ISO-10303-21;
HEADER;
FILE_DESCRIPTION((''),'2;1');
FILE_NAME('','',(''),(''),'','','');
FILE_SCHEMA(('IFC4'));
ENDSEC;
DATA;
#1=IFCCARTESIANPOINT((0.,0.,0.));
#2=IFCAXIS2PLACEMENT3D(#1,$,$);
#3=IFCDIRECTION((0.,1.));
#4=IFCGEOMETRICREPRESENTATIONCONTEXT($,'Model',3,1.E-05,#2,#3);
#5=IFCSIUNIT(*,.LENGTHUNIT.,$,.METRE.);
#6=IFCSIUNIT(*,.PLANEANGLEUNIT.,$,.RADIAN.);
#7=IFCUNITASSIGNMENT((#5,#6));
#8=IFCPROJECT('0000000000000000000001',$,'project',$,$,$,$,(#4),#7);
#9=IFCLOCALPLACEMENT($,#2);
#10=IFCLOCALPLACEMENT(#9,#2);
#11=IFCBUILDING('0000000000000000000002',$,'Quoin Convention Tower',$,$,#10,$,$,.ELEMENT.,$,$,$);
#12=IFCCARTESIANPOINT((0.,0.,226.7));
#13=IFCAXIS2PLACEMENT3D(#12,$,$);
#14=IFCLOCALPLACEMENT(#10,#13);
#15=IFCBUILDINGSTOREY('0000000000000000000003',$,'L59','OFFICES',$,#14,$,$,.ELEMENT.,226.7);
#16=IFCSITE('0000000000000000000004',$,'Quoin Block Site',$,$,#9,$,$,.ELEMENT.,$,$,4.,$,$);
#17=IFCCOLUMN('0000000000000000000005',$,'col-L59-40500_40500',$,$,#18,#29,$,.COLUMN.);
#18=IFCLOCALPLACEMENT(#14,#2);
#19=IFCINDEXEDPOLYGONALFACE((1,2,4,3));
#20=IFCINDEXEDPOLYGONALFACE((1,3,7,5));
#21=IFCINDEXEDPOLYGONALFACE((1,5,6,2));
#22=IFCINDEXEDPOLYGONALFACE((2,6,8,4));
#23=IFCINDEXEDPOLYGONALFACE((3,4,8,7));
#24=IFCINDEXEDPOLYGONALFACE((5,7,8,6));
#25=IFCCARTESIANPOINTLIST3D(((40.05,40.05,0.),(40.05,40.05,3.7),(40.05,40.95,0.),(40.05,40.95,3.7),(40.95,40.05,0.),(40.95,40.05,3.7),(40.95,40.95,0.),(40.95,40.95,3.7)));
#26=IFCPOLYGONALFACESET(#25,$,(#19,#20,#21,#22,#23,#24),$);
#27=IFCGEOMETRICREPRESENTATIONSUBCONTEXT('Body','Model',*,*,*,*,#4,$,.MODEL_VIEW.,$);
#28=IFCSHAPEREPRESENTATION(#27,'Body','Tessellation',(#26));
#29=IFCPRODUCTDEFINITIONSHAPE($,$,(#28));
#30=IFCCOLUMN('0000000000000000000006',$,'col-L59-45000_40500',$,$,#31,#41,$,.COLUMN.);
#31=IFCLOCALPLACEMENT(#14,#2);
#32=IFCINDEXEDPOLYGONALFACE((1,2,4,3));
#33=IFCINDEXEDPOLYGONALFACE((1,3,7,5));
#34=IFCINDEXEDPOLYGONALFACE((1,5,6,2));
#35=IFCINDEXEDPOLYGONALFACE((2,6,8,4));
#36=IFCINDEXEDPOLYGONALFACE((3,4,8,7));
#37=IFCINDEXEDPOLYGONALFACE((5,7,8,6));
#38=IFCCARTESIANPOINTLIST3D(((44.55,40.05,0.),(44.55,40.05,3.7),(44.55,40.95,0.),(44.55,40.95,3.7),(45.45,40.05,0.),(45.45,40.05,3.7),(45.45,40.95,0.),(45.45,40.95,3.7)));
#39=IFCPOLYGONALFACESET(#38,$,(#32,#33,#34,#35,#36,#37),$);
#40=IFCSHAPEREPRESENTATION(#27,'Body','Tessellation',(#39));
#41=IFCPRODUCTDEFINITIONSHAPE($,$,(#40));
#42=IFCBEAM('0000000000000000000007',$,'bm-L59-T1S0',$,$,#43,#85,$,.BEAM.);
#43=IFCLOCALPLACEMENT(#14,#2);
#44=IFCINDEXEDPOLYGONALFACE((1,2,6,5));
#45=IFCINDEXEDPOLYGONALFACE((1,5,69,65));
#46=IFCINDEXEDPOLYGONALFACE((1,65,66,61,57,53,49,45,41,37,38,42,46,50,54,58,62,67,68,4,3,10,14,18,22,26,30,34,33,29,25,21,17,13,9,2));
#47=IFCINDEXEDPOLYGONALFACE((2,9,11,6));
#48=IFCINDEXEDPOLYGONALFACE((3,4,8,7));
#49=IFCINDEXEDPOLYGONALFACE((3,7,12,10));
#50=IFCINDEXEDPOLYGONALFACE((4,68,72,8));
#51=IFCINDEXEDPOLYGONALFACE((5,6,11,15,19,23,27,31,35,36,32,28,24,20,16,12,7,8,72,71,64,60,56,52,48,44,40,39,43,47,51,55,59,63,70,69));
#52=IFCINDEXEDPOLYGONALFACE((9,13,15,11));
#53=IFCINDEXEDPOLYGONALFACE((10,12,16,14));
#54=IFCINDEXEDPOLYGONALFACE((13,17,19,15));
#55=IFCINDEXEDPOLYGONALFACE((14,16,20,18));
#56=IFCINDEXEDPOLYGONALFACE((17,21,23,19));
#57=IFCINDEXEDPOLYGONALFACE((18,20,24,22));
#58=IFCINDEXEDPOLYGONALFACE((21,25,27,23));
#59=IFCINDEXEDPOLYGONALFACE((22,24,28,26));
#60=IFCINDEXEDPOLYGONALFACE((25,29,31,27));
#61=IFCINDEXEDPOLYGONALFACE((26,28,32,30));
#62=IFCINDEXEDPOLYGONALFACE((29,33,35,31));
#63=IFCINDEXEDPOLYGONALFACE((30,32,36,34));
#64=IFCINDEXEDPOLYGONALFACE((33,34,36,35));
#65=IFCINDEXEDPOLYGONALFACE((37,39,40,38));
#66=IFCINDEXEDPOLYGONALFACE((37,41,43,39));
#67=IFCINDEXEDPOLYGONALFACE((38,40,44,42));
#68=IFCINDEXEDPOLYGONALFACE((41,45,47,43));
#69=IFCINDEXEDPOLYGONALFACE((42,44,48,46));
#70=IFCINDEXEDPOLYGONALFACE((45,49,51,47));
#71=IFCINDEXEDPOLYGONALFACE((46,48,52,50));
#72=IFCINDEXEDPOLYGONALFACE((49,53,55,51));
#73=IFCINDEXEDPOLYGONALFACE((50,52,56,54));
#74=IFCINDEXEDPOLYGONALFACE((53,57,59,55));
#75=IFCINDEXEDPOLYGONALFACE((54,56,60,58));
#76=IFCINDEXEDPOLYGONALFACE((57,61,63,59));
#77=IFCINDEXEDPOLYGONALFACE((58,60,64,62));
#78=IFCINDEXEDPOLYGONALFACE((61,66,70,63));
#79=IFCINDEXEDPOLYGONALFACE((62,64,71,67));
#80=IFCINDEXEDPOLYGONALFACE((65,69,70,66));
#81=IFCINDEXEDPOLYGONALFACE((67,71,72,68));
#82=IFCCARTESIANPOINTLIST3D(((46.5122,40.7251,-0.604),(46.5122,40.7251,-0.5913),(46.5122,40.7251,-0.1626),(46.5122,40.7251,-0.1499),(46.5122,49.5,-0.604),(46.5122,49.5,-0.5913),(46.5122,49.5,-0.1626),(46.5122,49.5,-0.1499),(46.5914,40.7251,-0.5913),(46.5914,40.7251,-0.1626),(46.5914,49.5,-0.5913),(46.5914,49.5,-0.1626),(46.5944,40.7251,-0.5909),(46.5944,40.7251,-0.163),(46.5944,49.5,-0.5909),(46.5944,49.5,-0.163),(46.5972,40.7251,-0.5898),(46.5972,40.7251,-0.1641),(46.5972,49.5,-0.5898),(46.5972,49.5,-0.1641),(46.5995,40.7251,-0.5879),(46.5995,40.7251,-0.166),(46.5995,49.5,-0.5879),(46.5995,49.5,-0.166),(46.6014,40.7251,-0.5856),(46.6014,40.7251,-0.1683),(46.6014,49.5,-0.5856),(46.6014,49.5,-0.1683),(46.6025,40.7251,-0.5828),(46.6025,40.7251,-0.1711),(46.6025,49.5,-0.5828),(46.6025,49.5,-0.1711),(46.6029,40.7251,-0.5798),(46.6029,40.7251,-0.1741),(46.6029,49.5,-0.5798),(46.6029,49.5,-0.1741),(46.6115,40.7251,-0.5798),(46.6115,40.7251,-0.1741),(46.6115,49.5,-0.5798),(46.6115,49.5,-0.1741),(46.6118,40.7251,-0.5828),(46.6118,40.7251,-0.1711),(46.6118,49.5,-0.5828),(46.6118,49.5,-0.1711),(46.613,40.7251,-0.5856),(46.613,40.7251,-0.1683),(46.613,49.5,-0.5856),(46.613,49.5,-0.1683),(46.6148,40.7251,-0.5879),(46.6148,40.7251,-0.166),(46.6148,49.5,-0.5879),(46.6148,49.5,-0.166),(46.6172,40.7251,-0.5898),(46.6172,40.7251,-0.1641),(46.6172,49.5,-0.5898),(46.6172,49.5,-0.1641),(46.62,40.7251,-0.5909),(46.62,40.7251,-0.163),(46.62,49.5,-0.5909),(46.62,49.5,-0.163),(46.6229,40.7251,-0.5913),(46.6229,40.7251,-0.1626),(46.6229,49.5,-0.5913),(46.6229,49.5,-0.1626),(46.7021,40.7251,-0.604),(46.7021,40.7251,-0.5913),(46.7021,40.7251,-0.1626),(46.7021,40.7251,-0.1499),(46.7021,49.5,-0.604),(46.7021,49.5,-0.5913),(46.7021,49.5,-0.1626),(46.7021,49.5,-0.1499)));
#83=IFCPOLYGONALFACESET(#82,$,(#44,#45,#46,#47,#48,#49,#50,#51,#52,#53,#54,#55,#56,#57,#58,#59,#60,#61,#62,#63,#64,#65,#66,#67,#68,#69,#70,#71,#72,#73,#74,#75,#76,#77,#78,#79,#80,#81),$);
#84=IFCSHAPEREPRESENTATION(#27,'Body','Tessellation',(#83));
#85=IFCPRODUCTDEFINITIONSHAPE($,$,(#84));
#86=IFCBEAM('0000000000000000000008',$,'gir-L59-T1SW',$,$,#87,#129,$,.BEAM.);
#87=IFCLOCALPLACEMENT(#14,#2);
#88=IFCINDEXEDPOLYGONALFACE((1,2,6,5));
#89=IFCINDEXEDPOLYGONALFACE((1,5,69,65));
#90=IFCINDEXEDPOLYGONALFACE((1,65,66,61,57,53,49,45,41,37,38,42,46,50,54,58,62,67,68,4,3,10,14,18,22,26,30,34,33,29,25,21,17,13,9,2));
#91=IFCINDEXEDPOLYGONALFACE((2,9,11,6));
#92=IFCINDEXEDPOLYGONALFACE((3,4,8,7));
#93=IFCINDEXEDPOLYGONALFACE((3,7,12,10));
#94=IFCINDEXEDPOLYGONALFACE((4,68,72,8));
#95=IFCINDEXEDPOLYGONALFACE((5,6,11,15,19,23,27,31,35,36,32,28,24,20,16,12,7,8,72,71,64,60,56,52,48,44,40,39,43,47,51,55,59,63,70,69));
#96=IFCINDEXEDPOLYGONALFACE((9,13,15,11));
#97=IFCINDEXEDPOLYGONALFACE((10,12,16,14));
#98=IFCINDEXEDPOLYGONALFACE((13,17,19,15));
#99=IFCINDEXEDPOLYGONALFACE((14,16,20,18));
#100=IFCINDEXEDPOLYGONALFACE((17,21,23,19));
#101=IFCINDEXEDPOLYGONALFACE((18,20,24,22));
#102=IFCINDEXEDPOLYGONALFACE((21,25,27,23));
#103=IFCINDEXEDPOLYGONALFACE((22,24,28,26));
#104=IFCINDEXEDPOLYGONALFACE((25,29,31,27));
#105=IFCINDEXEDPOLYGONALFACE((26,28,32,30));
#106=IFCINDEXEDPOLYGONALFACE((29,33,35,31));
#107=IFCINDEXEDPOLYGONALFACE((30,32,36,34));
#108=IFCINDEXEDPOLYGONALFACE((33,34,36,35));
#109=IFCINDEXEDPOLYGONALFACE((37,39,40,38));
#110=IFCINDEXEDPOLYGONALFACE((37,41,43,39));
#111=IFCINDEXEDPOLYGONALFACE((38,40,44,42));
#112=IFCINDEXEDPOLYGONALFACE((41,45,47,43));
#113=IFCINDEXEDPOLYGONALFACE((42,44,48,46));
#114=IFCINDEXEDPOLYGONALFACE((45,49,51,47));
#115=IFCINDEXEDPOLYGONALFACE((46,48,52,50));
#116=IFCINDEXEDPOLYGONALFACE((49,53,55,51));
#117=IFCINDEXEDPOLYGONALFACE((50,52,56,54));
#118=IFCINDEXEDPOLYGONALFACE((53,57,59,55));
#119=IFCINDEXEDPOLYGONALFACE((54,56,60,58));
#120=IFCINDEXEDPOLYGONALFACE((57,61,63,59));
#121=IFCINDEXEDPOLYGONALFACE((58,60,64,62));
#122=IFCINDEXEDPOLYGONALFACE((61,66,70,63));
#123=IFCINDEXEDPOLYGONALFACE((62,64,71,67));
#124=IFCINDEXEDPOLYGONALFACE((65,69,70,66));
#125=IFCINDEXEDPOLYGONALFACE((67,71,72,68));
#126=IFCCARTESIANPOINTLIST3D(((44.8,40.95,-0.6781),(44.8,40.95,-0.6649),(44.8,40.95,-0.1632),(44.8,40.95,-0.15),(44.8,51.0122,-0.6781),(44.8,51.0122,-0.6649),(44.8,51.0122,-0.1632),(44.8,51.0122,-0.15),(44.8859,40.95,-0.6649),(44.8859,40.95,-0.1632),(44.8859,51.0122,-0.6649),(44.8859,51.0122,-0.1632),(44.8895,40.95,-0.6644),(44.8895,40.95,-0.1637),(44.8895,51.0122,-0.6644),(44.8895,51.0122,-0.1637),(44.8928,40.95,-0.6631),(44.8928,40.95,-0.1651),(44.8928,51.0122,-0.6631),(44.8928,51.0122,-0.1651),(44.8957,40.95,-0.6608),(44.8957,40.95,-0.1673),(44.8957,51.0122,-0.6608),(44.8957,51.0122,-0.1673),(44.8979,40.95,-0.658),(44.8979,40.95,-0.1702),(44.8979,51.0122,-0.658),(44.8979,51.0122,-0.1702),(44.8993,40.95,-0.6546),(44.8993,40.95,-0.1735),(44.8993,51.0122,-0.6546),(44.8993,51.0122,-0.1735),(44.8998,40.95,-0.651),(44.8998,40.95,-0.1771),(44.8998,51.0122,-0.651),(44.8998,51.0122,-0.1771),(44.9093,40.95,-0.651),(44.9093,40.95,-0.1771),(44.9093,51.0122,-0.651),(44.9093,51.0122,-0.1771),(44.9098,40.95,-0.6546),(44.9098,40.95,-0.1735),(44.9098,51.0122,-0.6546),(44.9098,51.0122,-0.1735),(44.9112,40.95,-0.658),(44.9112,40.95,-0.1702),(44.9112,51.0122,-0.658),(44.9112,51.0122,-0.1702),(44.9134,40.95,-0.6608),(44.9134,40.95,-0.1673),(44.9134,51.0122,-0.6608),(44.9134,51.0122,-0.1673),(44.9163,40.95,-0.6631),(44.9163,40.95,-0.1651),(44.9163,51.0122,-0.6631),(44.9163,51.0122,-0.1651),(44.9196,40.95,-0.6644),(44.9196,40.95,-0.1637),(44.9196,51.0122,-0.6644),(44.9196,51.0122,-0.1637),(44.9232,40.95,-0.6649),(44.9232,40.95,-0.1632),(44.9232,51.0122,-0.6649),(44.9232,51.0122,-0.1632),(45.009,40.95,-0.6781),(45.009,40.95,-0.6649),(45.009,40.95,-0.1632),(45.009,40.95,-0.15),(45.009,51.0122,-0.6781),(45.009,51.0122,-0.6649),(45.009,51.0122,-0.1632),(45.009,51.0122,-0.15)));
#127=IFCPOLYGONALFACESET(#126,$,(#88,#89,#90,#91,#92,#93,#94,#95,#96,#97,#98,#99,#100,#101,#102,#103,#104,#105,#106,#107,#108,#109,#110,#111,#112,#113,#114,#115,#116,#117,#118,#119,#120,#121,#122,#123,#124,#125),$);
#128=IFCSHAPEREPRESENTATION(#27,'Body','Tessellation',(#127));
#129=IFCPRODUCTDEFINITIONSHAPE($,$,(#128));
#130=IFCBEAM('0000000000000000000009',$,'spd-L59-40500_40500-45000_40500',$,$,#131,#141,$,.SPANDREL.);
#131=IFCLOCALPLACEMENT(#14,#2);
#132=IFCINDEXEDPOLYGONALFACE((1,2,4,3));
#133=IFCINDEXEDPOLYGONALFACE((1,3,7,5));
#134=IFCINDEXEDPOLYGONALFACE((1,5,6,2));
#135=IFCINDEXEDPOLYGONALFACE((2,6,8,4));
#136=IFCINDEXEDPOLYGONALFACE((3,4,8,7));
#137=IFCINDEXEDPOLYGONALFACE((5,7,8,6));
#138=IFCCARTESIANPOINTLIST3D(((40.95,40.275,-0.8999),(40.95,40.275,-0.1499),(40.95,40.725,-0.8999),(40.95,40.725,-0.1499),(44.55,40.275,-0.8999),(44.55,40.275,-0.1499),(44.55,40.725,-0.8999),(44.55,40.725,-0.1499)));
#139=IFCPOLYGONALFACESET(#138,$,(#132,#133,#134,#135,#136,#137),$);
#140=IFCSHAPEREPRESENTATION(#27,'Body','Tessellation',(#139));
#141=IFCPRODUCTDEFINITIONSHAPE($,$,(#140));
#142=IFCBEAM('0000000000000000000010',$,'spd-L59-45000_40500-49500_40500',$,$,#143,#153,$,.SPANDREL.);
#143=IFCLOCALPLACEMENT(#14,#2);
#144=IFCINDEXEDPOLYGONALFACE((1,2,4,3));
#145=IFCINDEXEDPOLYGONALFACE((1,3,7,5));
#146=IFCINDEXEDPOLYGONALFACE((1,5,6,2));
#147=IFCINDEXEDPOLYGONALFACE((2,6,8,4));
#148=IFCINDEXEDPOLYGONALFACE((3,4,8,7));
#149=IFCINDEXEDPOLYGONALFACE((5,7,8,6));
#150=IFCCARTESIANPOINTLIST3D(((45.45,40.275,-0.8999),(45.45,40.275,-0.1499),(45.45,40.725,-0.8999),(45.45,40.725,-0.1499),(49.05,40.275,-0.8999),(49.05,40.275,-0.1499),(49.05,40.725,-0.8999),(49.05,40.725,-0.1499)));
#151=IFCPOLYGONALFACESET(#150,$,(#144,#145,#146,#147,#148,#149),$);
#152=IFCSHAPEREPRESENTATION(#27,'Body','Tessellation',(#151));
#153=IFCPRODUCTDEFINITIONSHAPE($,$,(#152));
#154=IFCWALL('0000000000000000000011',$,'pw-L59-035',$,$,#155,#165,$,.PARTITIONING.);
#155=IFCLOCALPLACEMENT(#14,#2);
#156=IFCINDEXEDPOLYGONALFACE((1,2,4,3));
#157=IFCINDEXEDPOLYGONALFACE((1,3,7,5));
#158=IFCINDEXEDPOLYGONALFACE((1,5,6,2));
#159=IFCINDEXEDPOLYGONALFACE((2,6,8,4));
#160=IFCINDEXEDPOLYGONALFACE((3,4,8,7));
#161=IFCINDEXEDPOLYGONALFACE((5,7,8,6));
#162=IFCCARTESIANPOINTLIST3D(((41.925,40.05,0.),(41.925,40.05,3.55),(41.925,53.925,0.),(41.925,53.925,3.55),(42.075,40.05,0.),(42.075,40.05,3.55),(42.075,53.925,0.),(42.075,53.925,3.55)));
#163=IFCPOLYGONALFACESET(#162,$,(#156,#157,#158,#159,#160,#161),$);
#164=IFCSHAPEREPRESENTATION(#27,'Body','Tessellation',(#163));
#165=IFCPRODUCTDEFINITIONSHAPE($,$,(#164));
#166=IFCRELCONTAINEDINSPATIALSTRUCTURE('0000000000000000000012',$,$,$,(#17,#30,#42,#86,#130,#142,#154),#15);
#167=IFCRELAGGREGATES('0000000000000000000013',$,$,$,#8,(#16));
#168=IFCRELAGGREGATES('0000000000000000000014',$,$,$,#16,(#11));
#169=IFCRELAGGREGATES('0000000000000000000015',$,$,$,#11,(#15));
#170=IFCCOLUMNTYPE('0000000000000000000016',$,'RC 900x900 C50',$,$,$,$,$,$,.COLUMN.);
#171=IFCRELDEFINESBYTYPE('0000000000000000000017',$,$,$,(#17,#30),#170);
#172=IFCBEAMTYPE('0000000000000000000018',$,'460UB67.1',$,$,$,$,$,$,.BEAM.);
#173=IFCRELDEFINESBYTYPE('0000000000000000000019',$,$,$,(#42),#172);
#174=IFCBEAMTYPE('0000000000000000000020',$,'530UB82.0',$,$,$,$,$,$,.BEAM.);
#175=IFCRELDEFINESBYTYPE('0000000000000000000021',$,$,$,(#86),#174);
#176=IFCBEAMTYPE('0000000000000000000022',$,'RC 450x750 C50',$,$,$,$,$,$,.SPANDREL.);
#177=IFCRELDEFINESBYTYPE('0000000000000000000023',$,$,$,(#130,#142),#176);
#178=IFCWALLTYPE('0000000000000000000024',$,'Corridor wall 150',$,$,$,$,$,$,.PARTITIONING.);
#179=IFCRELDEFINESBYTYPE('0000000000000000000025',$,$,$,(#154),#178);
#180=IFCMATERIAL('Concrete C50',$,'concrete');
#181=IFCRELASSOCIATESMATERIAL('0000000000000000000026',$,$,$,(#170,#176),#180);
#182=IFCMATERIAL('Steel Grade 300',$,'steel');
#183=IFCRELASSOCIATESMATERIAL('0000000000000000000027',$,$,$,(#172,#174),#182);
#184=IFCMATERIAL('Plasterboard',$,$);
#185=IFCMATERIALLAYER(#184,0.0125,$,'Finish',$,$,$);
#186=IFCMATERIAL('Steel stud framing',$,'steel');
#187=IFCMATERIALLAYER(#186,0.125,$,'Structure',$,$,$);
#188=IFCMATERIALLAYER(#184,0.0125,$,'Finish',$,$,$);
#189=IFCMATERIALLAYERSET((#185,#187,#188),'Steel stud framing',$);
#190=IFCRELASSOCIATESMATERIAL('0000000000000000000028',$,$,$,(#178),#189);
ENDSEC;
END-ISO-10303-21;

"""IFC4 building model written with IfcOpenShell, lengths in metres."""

from ifc_helpers import new_model, si_unit, direction, frame, frame_2d, origin, origin_2d, place, context, subcontext, project, spatial, rectangle, i_section, extrude, material, layer, layer_set, material_profile, profile_set, type_object, element, save


model = new_model("IFC4")

# Units and contexts
model_context = context("Model", 3, precision=1e-05, world=origin(), true_north=direction((0.0, 1.0)))
body_context = subcontext(model_context, "Body", "Model", "MODEL_VIEW")
ifc_project = project(units=[si_unit("LENGTHUNIT", "METRE"), si_unit("PLANEANGLEUNIT", "RADIAN")], contexts=[model_context])

# Site, building, storey
site_placement = place(None, origin())
site = spatial("IfcSite", under=ifc_project, at=site_placement, Name="Quoin Block Site", CompositionType="ELEMENT", RefElevation=4.0)
building_placement = place(site_placement, origin())
building = spatial("IfcBuilding", under=site, at=building_placement, Name="Quoin Convention Tower", CompositionType="ELEMENT")
storey_placement = place(building_placement, frame((0.0, 0.0, 226.7)))
storey = spatial("IfcBuildingStorey", under=building, at=storey_placement, Name="L59", Description="OFFICES", CompositionType="ELEMENT", Elevation=226.7)

# Columns
ifc_material_1 = material(Name="Concrete C50", Category="concrete")
ifc_material_profile_1 = material_profile(ifc_material_1, rectangle(XDim=0.8999, YDim=0.8999, at=origin_2d()), Name="RC 900x900")
ifc_profile_set_1 = profile_set([ifc_material_profile_1], Name="Concrete C50")
column_type = type_object("IfcColumnType", Name="RC 900x900 C50", PredefinedType="COLUMN", material=ifc_profile_set_1)
for number, where, z_axis, x_axis, name in (
    (1, (40.5, 40.5, 0.0), (0.0, 0.0, 1.0), (1.0, 0.0, 0.0), "col-L59-40500_40500"),
    (2, (45.0, 40.5, 0.0), (0.0, 0.0, 1.0), (1.0, 0.0, 0.0), "col-L59-45000_40500"),
):
    element("IfcColumn", number, at=place(storey_placement, frame(where, z_axis=z_axis, x_axis=x_axis)), inside=storey, type_object=column_type, Name=name, PredefinedType="COLUMN", context=body_context, shape_type="SweptSolid", body=[
        extrude(rectangle(XDim=0.8999, YDim=0.8999, at=origin_2d()), origin(), (0.0, 0.0, 1.0), 3.7),
    ])

# Beams
ifc_material_2 = material(Name="Steel Grade 300", Category="steel")
ifc_material_profile_2 = material_profile(ifc_material_2, i_section(OverallWidth=0.1899, OverallDepth=0.4541, WebThickness=0.0085, FlangeThickness=0.0127, FilletRadius=0.0115, at=origin_2d()), Name="460UB67.1")
ifc_profile_set_2 = profile_set([ifc_material_profile_2], Name="Steel Grade 300")
beam_type_1 = type_object("IfcBeamType", Name="460UB67.1", PredefinedType="BEAM", material=ifc_profile_set_2)
beam_1_placement = place(storey_placement, frame((46.6072, 40.7251, -0.377), z_axis=(0.0, 1.0, 0.0), x_axis=(-1.0, 0.0, 0.0)))
element("IfcBeam", 3, at=beam_1_placement, inside=storey, type_object=beam_type_1, Name="bm-L59-T1S0", PredefinedType="BEAM", context=body_context, shape_type="SweptSolid", body=[
    extrude(i_section(OverallWidth=0.1899, OverallDepth=0.4541, WebThickness=0.0085, FlangeThickness=0.0127, FilletRadius=0.0115, at=origin_2d()), origin(), (0.0, 0.0, 1.0), 8.7749),
])
ifc_material_profile_3 = material_profile(ifc_material_2, i_section(OverallWidth=0.209, OverallDepth=0.5281, WebThickness=0.0095, FlangeThickness=0.0132, FilletRadius=0.0139, at=origin_2d()), Name="530UB82.0")
ifc_profile_set_3 = profile_set([ifc_material_profile_3], Name="Steel Grade 300")
beam_type_2 = type_object("IfcBeamType", Name="530UB82.0", PredefinedType="BEAM", material=ifc_profile_set_3)
beam_2_placement = place(storey_placement, frame((44.9045, 40.95, -0.4141), z_axis=(0.0, 1.0, 0.0), x_axis=(-1.0, 0.0, 0.0)))
element("IfcBeam", 4, at=beam_2_placement, inside=storey, type_object=beam_type_2, Name="gir-L59-T1SW", PredefinedType="BEAM", context=body_context, shape_type="SweptSolid", body=[
    extrude(i_section(OverallWidth=0.209, OverallDepth=0.5281, WebThickness=0.0095, FlangeThickness=0.0132, FilletRadius=0.0139, at=origin_2d()), origin(), (0.0, 0.0, 1.0), 10.0623),
])
ifc_material_profile_4 = material_profile(ifc_material_1, rectangle(XDim=0.45, YDim=0.75, at=origin_2d()), Name="RC 450x750")
ifc_profile_set_4 = profile_set([ifc_material_profile_4], Name="Concrete C50")
beam_type_3 = type_object("IfcBeamType", Name="RC 450x750 C50", PredefinedType="SPANDREL", material=ifc_profile_set_4)
for number, where, z_axis, x_axis, name in (
    (5, (40.95, 40.5, -0.5249), (1.0, 0.0, 0.0), (0.0, 1.0, 0.0), "spd-L59-40500_40500-45000_40500"),
    (6, (45.45, 40.5, -0.5249), (1.0, 0.0, 0.0), (0.0, 1.0, 0.0), "spd-L59-45000_40500-49500_40500"),
):
    element("IfcBeam", number, at=place(storey_placement, frame(where, z_axis=z_axis, x_axis=x_axis)), inside=storey, type_object=beam_type_3, Name=name, PredefinedType="SPANDREL", context=body_context, shape_type="SweptSolid", body=[
        extrude(rectangle(XDim=0.45, YDim=0.75, at=origin_2d()), origin(), (0.0, 0.0, 1.0), 3.6001),
    ])

# Wall
ifc_material_3 = material(Name="Plasterboard")
ifc_layer_1 = layer(ifc_material_3, 0.0125, Name="Finish")
ifc_material_4 = material(Name="Steel stud framing", Category="steel")
ifc_layer_2 = layer(ifc_material_4, 0.125, Name="Structure")
ifc_layer_3 = layer(ifc_material_3, 0.0125, Name="Finish")
ifc_layer_set_1 = layer_set([ifc_layer_1, ifc_layer_2, ifc_layer_3], Name="Steel stud framing")
wall_type_1 = type_object("IfcWallType", Name="Corridor wall 150", PredefinedType="PARTITIONING", material=ifc_layer_set_1)
wall_1_placement = place(storey_placement, frame((42.0, 40.05, 0.0), z_axis=(0.0, 0.0, 1.0), x_axis=(0.0, 1.0, 0.0)))
element("IfcWall", 7, at=wall_1_placement, inside=storey, type_object=wall_type_1, Name="pw-L59-035", PredefinedType="PARTITIONING", context=body_context, shape_type="SweptSolid", body=[
    extrude(rectangle(XDim=13.875, YDim=0.1499, at=frame_2d((6.9375, 0.0))), origin(), (0.0, 0.0, 1.0), 3.55),
])

save(model, "model.ifc")
